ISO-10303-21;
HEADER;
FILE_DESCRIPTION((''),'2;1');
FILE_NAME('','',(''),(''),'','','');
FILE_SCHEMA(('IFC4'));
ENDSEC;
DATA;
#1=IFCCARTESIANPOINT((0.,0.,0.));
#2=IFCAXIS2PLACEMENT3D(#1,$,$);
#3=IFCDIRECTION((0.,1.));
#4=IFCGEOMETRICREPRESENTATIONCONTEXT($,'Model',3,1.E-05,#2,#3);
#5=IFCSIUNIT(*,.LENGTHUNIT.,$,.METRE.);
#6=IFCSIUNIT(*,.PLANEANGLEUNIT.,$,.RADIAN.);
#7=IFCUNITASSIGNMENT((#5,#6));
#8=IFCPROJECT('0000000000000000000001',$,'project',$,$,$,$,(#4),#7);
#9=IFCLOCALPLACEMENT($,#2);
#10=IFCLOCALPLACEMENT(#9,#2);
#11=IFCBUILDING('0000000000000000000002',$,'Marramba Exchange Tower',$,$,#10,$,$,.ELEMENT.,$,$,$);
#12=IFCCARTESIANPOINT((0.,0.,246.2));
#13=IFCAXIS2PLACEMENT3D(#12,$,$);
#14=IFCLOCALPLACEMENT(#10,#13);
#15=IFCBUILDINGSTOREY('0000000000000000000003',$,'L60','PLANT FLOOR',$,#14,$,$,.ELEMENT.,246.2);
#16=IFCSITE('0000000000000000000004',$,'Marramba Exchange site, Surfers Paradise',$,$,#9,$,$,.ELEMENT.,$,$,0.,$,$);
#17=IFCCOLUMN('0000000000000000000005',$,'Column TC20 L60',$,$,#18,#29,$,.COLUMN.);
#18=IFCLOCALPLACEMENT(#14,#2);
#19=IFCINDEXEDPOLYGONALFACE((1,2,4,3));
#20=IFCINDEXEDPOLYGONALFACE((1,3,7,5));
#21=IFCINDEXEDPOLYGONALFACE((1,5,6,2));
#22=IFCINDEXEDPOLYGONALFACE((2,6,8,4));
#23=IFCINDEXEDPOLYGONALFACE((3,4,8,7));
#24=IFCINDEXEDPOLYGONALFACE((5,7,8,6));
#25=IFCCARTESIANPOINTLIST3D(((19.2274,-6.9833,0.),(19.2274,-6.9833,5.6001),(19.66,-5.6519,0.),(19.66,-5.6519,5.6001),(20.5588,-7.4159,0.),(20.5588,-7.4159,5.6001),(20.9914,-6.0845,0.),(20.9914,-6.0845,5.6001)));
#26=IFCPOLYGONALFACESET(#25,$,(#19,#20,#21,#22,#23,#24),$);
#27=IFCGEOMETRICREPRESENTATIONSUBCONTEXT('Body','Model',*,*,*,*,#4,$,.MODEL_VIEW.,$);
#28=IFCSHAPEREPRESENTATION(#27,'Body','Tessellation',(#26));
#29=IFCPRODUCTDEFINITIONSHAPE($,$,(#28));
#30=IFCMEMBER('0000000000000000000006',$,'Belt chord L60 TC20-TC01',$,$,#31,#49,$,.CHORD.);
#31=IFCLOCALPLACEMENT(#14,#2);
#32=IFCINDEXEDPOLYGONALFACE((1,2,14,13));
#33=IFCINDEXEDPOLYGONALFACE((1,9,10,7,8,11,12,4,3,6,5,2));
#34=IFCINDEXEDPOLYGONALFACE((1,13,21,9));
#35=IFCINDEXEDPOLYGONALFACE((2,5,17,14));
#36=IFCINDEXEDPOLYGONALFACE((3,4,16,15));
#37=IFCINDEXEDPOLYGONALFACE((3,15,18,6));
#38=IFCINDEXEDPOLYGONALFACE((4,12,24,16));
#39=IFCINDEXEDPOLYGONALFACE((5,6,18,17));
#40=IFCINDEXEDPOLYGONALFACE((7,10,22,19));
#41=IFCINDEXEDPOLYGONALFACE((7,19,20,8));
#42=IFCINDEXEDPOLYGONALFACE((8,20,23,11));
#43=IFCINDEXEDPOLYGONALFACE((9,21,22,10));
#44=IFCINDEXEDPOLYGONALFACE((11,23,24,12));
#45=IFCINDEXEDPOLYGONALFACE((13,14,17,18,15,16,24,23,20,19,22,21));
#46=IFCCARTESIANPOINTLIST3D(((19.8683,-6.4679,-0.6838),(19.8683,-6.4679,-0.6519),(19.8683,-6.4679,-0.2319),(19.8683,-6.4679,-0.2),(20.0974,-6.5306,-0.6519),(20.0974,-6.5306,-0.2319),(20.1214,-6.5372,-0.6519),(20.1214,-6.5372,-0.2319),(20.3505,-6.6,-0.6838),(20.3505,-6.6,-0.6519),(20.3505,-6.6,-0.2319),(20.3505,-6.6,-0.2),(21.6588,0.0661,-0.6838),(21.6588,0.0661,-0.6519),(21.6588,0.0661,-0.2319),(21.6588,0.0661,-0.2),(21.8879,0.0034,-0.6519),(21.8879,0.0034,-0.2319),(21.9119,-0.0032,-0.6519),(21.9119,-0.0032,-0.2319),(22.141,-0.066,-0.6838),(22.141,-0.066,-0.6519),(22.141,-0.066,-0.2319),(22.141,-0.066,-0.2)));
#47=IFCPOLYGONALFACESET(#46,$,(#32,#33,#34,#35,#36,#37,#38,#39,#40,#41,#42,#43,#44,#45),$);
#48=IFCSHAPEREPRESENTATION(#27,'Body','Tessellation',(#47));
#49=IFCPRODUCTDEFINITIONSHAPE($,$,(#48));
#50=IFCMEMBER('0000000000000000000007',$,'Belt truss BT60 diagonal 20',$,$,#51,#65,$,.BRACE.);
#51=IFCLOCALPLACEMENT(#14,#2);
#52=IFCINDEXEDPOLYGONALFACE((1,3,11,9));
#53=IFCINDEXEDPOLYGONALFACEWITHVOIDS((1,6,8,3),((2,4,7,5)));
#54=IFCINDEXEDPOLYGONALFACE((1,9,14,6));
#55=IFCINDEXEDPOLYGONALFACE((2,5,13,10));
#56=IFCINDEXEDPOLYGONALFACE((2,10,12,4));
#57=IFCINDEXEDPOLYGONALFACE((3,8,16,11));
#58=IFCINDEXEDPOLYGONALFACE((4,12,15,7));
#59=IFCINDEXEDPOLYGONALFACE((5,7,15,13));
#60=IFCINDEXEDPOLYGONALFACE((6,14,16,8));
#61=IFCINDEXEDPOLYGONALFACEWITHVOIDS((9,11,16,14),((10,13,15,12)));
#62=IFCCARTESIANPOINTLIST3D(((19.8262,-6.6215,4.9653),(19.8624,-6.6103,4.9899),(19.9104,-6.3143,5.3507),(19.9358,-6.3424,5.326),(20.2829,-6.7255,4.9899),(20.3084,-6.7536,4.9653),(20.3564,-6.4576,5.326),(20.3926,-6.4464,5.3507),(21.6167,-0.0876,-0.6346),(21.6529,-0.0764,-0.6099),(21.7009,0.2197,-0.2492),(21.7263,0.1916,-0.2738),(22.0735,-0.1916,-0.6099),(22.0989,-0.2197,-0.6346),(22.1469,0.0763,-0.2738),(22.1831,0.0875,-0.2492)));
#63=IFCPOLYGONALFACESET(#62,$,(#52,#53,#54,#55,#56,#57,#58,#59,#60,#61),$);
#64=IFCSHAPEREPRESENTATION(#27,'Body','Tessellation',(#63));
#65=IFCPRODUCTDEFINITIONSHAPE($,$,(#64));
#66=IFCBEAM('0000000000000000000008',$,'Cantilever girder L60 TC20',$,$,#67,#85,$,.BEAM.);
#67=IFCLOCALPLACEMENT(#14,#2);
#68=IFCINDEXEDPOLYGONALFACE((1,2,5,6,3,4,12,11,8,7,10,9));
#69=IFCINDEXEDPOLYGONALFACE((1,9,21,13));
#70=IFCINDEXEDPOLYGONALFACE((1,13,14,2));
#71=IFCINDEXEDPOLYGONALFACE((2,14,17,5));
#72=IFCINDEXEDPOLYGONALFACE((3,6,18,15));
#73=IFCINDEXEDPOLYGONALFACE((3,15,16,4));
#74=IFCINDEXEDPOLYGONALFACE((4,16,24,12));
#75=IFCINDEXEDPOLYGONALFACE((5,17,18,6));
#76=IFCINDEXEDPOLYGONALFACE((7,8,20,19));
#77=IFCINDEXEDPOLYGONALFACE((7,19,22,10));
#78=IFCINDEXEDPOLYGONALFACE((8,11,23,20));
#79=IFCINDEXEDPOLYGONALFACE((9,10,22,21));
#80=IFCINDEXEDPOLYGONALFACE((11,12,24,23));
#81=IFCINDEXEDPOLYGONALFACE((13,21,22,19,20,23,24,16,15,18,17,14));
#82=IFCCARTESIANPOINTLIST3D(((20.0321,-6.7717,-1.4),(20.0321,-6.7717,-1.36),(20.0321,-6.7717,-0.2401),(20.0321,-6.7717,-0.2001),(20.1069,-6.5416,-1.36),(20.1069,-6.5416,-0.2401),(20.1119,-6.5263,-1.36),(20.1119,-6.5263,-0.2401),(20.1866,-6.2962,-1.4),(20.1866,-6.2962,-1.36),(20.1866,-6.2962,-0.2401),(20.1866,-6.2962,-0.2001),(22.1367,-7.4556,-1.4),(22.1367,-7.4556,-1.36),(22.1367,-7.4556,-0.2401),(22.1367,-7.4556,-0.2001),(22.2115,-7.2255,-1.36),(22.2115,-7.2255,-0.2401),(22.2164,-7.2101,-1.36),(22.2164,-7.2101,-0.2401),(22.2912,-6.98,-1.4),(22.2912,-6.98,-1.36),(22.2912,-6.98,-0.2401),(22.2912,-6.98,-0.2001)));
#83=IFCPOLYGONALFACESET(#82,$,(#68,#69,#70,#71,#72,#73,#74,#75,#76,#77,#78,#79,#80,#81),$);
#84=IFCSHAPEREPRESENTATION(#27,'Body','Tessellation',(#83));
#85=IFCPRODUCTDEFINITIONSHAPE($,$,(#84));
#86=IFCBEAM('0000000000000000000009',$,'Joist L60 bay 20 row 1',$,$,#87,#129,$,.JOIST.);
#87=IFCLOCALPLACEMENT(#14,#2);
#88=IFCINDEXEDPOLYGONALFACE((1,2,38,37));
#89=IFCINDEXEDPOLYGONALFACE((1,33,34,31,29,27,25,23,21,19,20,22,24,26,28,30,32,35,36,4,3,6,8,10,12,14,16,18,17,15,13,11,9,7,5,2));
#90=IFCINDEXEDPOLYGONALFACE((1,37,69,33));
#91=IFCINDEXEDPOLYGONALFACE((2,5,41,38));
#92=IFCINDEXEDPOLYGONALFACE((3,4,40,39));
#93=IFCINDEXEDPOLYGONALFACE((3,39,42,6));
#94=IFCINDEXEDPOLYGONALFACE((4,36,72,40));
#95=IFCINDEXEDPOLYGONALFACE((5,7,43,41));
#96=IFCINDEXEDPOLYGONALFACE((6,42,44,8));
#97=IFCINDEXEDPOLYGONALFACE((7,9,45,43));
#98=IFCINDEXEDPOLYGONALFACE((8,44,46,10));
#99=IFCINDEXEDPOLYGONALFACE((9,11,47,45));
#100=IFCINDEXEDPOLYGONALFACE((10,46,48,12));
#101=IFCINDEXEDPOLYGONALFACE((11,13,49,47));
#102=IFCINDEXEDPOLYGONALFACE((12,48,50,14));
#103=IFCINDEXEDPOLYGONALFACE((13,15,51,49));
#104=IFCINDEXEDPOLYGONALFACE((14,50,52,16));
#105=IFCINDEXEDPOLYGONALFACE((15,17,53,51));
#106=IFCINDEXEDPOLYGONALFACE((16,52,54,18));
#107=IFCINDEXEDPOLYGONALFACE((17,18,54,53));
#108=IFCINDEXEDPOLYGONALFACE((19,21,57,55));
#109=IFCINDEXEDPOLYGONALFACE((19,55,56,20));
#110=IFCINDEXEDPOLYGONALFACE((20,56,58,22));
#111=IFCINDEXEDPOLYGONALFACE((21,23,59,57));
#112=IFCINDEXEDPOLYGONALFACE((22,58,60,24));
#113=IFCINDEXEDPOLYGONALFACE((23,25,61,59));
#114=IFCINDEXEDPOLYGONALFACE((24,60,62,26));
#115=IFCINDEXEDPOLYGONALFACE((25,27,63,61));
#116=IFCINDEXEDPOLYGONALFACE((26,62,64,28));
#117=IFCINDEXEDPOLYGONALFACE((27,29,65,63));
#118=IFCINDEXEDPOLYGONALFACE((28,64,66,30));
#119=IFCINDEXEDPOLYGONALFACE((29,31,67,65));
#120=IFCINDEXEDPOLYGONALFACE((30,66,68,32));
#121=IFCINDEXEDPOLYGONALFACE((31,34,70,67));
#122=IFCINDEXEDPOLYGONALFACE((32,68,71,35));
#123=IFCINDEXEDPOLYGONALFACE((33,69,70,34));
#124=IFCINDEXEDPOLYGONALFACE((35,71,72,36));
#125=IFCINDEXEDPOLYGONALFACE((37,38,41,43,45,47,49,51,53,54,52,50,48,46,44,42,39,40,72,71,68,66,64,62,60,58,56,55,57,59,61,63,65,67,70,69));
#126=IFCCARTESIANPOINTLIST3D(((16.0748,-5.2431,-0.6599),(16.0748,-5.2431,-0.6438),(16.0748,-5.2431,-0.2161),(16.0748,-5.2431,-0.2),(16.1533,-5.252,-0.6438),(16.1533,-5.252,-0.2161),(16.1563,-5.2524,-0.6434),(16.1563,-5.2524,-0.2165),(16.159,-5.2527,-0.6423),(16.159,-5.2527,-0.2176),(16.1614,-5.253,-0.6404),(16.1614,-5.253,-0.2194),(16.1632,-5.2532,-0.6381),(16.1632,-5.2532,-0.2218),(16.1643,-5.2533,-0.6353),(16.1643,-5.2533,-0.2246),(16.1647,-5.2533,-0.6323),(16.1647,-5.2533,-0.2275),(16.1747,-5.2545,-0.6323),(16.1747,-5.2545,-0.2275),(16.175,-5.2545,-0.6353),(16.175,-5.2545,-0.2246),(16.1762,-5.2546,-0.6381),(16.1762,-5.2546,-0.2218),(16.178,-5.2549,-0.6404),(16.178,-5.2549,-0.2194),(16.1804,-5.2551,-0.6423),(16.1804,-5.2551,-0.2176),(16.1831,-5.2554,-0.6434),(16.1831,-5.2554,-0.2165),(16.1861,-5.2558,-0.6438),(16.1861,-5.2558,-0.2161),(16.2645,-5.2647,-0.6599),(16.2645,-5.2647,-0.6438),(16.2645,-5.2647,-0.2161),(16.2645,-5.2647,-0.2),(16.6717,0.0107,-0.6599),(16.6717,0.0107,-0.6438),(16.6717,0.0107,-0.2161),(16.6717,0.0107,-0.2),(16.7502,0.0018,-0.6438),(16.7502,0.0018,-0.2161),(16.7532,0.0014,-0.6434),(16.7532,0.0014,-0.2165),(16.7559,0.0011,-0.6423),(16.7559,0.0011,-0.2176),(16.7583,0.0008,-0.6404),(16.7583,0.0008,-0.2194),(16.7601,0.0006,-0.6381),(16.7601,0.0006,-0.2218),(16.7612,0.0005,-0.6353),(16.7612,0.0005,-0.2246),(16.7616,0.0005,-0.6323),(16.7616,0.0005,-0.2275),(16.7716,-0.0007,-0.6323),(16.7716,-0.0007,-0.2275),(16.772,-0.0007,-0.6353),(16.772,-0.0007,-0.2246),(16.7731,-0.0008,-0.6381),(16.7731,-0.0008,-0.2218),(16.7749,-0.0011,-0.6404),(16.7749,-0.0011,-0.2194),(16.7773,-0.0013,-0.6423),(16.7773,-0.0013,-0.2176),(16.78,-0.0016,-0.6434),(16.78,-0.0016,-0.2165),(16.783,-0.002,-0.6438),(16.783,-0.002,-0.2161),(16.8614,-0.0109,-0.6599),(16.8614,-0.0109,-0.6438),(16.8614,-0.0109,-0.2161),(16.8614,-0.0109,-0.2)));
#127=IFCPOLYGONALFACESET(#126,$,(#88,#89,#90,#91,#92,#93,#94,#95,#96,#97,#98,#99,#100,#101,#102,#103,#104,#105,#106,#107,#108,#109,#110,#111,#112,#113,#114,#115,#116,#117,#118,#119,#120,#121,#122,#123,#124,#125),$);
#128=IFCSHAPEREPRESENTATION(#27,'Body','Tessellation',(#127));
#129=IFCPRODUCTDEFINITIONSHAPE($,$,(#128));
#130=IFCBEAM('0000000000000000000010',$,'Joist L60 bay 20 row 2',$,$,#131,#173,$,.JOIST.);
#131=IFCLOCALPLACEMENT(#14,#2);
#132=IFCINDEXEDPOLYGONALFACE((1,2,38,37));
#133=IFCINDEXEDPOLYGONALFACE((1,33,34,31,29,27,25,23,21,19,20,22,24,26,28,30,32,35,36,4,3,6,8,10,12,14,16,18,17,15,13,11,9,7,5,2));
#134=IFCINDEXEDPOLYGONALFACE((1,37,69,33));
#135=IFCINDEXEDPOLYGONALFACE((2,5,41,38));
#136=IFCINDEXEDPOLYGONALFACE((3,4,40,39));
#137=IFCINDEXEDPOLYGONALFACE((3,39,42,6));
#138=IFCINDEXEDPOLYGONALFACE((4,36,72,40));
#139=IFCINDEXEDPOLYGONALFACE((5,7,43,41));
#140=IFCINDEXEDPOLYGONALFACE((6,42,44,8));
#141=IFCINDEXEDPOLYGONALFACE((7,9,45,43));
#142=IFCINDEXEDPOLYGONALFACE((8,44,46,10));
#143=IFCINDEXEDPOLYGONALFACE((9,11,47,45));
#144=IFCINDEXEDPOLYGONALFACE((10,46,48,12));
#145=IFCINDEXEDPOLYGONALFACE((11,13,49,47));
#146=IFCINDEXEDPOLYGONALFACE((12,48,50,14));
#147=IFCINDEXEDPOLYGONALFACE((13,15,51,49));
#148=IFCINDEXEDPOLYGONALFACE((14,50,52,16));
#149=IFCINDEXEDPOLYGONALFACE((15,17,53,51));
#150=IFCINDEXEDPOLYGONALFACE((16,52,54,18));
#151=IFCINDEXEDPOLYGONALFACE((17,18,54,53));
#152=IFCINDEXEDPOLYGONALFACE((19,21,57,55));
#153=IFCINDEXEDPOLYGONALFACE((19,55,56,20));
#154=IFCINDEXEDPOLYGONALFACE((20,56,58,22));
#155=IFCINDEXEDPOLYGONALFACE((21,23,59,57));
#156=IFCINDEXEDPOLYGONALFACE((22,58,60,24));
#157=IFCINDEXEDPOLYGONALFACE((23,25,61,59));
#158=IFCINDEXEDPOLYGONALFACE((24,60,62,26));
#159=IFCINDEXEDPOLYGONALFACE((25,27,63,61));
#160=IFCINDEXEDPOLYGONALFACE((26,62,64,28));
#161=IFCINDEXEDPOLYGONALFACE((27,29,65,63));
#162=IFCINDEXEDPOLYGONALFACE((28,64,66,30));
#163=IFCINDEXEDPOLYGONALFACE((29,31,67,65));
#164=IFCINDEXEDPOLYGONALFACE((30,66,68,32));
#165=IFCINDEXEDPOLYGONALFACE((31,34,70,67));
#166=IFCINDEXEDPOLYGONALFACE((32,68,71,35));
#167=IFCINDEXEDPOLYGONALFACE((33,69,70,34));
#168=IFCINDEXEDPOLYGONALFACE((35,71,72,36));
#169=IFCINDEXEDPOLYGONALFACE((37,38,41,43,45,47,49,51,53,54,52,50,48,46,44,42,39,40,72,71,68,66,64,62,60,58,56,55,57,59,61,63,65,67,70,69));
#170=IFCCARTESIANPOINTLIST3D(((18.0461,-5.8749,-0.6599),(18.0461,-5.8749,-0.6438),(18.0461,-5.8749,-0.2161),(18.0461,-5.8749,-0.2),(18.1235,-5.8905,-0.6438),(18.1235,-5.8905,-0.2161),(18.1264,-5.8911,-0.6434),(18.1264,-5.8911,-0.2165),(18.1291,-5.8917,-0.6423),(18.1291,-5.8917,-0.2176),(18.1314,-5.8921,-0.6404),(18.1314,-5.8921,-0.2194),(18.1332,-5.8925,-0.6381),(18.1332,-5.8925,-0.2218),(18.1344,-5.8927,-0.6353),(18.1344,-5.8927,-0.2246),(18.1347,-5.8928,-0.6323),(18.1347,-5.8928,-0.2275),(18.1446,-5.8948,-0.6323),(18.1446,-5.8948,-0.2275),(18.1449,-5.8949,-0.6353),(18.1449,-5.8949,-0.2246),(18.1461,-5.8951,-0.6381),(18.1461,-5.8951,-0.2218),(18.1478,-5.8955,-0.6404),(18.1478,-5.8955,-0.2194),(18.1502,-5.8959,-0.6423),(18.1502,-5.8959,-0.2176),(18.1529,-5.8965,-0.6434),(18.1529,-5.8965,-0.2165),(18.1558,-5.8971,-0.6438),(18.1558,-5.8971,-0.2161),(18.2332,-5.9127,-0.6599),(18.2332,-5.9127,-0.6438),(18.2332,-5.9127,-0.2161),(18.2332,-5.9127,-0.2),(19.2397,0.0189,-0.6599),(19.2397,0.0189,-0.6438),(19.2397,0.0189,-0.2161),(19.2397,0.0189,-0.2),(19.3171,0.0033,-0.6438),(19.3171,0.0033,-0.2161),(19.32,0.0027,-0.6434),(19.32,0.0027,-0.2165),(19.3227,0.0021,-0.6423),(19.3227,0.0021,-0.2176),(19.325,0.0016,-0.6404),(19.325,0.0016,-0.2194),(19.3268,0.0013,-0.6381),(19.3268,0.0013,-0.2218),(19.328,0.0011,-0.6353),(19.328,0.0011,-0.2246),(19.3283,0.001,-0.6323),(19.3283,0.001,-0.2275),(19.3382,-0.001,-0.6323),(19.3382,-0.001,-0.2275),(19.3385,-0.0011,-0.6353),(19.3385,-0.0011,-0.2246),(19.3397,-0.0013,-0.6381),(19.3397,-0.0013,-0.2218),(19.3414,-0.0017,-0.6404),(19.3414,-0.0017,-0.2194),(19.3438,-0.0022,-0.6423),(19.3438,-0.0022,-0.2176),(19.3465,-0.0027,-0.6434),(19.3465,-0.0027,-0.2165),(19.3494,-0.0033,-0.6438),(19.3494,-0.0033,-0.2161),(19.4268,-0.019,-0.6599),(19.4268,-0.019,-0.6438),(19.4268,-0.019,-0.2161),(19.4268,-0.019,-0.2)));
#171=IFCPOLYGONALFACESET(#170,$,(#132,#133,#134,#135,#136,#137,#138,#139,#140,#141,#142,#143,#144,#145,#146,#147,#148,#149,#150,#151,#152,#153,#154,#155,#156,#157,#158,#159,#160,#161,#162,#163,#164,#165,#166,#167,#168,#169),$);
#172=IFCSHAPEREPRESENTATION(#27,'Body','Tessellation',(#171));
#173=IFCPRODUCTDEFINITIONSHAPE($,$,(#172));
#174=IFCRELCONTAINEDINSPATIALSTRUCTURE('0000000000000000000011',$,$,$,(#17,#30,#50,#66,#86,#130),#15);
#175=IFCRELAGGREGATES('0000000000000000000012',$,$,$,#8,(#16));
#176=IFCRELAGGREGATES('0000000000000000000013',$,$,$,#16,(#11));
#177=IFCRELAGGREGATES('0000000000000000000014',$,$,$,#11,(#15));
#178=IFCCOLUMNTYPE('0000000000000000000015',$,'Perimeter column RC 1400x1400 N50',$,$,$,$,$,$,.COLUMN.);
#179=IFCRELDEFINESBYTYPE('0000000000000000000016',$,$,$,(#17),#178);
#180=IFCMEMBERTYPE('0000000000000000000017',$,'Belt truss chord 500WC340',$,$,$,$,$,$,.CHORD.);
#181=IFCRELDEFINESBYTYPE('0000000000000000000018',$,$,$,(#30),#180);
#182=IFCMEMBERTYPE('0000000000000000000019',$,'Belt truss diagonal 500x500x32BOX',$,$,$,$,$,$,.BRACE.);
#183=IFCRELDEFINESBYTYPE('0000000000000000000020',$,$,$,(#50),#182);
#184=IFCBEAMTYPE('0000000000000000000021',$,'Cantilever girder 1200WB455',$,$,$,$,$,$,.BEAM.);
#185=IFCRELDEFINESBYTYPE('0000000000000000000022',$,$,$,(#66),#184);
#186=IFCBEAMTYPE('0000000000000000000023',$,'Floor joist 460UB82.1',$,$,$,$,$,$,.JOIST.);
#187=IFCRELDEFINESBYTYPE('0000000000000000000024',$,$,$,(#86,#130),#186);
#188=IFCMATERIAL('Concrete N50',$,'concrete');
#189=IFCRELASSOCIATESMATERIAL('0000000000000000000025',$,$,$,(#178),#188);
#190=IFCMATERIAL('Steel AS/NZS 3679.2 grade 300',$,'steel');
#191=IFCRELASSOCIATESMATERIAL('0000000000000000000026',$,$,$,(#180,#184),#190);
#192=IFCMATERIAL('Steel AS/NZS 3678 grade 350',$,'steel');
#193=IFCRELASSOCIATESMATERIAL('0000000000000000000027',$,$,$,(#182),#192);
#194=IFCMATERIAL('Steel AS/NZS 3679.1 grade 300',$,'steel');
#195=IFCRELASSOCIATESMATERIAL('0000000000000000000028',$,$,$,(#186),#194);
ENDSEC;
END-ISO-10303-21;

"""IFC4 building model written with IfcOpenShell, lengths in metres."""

from ifc_helpers import new_model, si_unit, direction, frame, origin, origin_2d, place, context, subcontext, project, spatial, rectangle, hollow_rectangle, i_section, extrude, material, material_profile, profile_set, type_object, element, save


model = new_model("IFC4")

# Units and contexts
model_context = context("Model", 3, precision=1e-05, world=origin(), true_north=direction((0.0, 1.0)))
body_context = subcontext(model_context, "Body", "Model", "MODEL_VIEW")
ifc_project = project(units=[si_unit("LENGTHUNIT", "METRE"), si_unit("PLANEANGLEUNIT", "RADIAN")], contexts=[model_context])

# Site, building, storey
site_placement = place(None, origin())
site = spatial("IfcSite", under=ifc_project, at=site_placement, Name="Marramba Exchange site, Surfers Paradise", CompositionType="ELEMENT", RefElevation=0.0)
building_placement = place(site_placement, origin())
building = spatial("IfcBuilding", under=site, at=building_placement, Name="Marramba Exchange Tower", CompositionType="ELEMENT")
storey_placement = place(building_placement, frame((0.0, 0.0, 246.2)))
storey = spatial("IfcBuildingStorey", under=building, at=storey_placement, Name="L60", Description="PLANT FLOOR", CompositionType="ELEMENT", Elevation=246.2)

# Column
ifc_material_1 = material(Name="Concrete N50", Category="concrete")
ifc_material_profile_1 = material_profile(ifc_material_1, rectangle(XDim=1.3999, YDim=1.3999, at=origin_2d()), Name="RC 1400x1400")
ifc_profile_set_1 = profile_set([ifc_material_profile_1], Name="Concrete N50")
column_type = type_object("IfcColumnType", Name="Perimeter column RC 1400x1400 N50", PredefinedType="COLUMN", material=ifc_profile_set_1)
column_placement = place(storey_placement, frame((20.1094, -6.5339, 0.0), z_axis=(0.0, 0.0, 1.0), x_axis=(0.951057, -0.309017, 0.0)))
element("IfcColumn", 1, at=column_placement, inside=storey, type_object=column_type, Name="Column TC20 L60", PredefinedType="COLUMN", context=body_context, shape_type="SweptSolid", body=[
    extrude(rectangle(XDim=1.3999, YDim=1.3999, at=origin_2d()), origin(), (0.0, 0.0, 1.0), 5.6001),
])

# Members
ifc_material_2 = material(Name="Steel AS/NZS 3679.2 grade 300", Category="steel")
ifc_material_profile_2 = material_profile(ifc_material_2, i_section(OverallWidth=0.5, OverallDepth=0.4839, WebThickness=0.0249, FlangeThickness=0.032, at=origin_2d()), Name="500WC340")
ifc_profile_set_2 = profile_set([ifc_material_profile_2], Name="Steel AS/NZS 3679.2 grade 300")
member_type_1 = type_object("IfcMemberType", Name="Belt truss chord 500WC340", PredefinedType="CHORD", material=ifc_profile_set_2)
member_1_placement = place(storey_placement, frame((20.1094, -6.5339, -0.4419), z_axis=(0.264291, 0.964443, 0.0), x_axis=(-0.964443, 0.264291, 0.0)))
element("IfcMember", 2, at=member_1_placement, inside=storey, type_object=member_type_1, Name="Belt chord L60 TC20-TC01", PredefinedType="CHORD", context=body_context, shape_type="SweptSolid", body=[
    extrude(i_section(OverallWidth=0.5, OverallDepth=0.4839, WebThickness=0.0249, FlangeThickness=0.032, at=origin_2d()), origin(), (0.0, 0.0, 1.0), 6.7749),
])
ifc_material_3 = material(Name="Steel AS/NZS 3678 grade 350", Category="steel")
ifc_material_profile_3 = material_profile(ifc_material_3, hollow_rectangle(XDim=0.5, YDim=0.5, WallThickness=0.032, at=origin_2d()), Name="500x500x32BOX")
ifc_profile_set_3 = profile_set([ifc_material_profile_3], Name="Steel AS/NZS 3678 grade 350")
member_type_2 = type_object("IfcMemberType", Name="Belt truss diagonal 500x500x32BOX", PredefinedType="BRACE", material=ifc_profile_set_3)
member_2_placement = place(storey_placement, frame((20.1094, -6.5339, 5.158), z_axis=(0.20371, 0.743373, -0.637102), x_axis=(-0.964443, 0.264291, 0.0)))
element("IfcMember", 3, at=member_2_placement, inside=storey, type_object=member_type_2, Name="Belt truss BT60 diagonal 20", PredefinedType="BRACE", context=body_context, shape_type="SweptSolid", body=[
    extrude(hollow_rectangle(XDim=0.5, YDim=0.5, WallThickness=0.032, at=origin_2d()), origin(), (0.0, 0.0, 1.0), 8.7896),
])

# Beams
ifc_material_profile_4 = material_profile(ifc_material_2, i_section(OverallWidth=0.5, OverallDepth=1.2, WebThickness=0.0161, FlangeThickness=0.04, at=origin_2d()), Name="1200WB455")
ifc_profile_set_4 = profile_set([ifc_material_profile_4], Name="Steel AS/NZS 3679.2 grade 300")
beam_type_1 = type_object("IfcBeamType", Name="Cantilever girder 1200WB455", PredefinedType="BEAM", material=ifc_profile_set_4)
beam_1_placement = place(storey_placement, frame((20.1094, -6.5339, -0.8), z_axis=(0.95105, -0.309036, 0.0), x_axis=(0.309036, 0.95105, 0.0)))
element("IfcBeam", 4, at=beam_1_placement, inside=storey, type_object=beam_type_1, Name="Cantilever girder L60 TC20", PredefinedType="BEAM", context=body_context, shape_type="SweptSolid", body=[
    extrude(i_section(OverallWidth=0.5, OverallDepth=1.2, WebThickness=0.0161, FlangeThickness=0.04, at=origin_2d()), origin(), (0.0, 0.0, 1.0), 2.2129),
])
ifc_material_4 = material(Name="Steel AS/NZS 3679.1 grade 300", Category="steel")
ifc_material_profile_5 = material_profile(ifc_material_4, i_section(OverallWidth=0.1909, OverallDepth=0.46, WebThickness=0.01, FlangeThickness=0.0161, FilletRadius=0.0115, at=origin_2d()), Name="460UB82.1")
ifc_profile_set_5 = profile_set([ifc_material_profile_5], Name="Steel AS/NZS 3679.1 grade 300")
beam_type_2 = type_object("IfcBeamType", Name="Floor joist 460UB82.1", PredefinedType="JOIST", material=ifc_profile_set_5)
beam_2_placement = place(storey_placement, frame((16.1697, -5.2539, -0.4299), z_axis=(0.112889, 0.993608, 0.0), x_axis=(-0.993608, 0.112889, 0.0)))
element("IfcBeam", 5, at=beam_2_placement, inside=storey, type_object=beam_type_2, Name="Joist L60 bay 20 row 1", PredefinedType="JOIST", context=body_context, shape_type="SweptSolid", body=[
    extrude(i_section(OverallWidth=0.1909, OverallDepth=0.46, WebThickness=0.01, FlangeThickness=0.0161, FilletRadius=0.0115, at=origin_2d()), origin(), (0.0, 0.0, 1.0), 5.2876),
])
beam_3_placement = place(storey_placement, frame((18.1396, -5.8938, -0.4299), z_axis=(0.198489, 0.980103, 0.0), x_axis=(-0.980103, 0.198489, 0.0)))
element("IfcBeam", 6, at=beam_3_placement, inside=storey, type_object=beam_type_2, Name="Joist L60 bay 20 row 2", PredefinedType="JOIST", context=body_context, shape_type="SweptSolid", body=[
    extrude(i_section(OverallWidth=0.1909, OverallDepth=0.46, WebThickness=0.01, FlangeThickness=0.0161, FilletRadius=0.0115, at=origin_2d()), origin(), (0.0, 0.0, 1.0), 6.0134),
])

save(model, "model.ifc")
